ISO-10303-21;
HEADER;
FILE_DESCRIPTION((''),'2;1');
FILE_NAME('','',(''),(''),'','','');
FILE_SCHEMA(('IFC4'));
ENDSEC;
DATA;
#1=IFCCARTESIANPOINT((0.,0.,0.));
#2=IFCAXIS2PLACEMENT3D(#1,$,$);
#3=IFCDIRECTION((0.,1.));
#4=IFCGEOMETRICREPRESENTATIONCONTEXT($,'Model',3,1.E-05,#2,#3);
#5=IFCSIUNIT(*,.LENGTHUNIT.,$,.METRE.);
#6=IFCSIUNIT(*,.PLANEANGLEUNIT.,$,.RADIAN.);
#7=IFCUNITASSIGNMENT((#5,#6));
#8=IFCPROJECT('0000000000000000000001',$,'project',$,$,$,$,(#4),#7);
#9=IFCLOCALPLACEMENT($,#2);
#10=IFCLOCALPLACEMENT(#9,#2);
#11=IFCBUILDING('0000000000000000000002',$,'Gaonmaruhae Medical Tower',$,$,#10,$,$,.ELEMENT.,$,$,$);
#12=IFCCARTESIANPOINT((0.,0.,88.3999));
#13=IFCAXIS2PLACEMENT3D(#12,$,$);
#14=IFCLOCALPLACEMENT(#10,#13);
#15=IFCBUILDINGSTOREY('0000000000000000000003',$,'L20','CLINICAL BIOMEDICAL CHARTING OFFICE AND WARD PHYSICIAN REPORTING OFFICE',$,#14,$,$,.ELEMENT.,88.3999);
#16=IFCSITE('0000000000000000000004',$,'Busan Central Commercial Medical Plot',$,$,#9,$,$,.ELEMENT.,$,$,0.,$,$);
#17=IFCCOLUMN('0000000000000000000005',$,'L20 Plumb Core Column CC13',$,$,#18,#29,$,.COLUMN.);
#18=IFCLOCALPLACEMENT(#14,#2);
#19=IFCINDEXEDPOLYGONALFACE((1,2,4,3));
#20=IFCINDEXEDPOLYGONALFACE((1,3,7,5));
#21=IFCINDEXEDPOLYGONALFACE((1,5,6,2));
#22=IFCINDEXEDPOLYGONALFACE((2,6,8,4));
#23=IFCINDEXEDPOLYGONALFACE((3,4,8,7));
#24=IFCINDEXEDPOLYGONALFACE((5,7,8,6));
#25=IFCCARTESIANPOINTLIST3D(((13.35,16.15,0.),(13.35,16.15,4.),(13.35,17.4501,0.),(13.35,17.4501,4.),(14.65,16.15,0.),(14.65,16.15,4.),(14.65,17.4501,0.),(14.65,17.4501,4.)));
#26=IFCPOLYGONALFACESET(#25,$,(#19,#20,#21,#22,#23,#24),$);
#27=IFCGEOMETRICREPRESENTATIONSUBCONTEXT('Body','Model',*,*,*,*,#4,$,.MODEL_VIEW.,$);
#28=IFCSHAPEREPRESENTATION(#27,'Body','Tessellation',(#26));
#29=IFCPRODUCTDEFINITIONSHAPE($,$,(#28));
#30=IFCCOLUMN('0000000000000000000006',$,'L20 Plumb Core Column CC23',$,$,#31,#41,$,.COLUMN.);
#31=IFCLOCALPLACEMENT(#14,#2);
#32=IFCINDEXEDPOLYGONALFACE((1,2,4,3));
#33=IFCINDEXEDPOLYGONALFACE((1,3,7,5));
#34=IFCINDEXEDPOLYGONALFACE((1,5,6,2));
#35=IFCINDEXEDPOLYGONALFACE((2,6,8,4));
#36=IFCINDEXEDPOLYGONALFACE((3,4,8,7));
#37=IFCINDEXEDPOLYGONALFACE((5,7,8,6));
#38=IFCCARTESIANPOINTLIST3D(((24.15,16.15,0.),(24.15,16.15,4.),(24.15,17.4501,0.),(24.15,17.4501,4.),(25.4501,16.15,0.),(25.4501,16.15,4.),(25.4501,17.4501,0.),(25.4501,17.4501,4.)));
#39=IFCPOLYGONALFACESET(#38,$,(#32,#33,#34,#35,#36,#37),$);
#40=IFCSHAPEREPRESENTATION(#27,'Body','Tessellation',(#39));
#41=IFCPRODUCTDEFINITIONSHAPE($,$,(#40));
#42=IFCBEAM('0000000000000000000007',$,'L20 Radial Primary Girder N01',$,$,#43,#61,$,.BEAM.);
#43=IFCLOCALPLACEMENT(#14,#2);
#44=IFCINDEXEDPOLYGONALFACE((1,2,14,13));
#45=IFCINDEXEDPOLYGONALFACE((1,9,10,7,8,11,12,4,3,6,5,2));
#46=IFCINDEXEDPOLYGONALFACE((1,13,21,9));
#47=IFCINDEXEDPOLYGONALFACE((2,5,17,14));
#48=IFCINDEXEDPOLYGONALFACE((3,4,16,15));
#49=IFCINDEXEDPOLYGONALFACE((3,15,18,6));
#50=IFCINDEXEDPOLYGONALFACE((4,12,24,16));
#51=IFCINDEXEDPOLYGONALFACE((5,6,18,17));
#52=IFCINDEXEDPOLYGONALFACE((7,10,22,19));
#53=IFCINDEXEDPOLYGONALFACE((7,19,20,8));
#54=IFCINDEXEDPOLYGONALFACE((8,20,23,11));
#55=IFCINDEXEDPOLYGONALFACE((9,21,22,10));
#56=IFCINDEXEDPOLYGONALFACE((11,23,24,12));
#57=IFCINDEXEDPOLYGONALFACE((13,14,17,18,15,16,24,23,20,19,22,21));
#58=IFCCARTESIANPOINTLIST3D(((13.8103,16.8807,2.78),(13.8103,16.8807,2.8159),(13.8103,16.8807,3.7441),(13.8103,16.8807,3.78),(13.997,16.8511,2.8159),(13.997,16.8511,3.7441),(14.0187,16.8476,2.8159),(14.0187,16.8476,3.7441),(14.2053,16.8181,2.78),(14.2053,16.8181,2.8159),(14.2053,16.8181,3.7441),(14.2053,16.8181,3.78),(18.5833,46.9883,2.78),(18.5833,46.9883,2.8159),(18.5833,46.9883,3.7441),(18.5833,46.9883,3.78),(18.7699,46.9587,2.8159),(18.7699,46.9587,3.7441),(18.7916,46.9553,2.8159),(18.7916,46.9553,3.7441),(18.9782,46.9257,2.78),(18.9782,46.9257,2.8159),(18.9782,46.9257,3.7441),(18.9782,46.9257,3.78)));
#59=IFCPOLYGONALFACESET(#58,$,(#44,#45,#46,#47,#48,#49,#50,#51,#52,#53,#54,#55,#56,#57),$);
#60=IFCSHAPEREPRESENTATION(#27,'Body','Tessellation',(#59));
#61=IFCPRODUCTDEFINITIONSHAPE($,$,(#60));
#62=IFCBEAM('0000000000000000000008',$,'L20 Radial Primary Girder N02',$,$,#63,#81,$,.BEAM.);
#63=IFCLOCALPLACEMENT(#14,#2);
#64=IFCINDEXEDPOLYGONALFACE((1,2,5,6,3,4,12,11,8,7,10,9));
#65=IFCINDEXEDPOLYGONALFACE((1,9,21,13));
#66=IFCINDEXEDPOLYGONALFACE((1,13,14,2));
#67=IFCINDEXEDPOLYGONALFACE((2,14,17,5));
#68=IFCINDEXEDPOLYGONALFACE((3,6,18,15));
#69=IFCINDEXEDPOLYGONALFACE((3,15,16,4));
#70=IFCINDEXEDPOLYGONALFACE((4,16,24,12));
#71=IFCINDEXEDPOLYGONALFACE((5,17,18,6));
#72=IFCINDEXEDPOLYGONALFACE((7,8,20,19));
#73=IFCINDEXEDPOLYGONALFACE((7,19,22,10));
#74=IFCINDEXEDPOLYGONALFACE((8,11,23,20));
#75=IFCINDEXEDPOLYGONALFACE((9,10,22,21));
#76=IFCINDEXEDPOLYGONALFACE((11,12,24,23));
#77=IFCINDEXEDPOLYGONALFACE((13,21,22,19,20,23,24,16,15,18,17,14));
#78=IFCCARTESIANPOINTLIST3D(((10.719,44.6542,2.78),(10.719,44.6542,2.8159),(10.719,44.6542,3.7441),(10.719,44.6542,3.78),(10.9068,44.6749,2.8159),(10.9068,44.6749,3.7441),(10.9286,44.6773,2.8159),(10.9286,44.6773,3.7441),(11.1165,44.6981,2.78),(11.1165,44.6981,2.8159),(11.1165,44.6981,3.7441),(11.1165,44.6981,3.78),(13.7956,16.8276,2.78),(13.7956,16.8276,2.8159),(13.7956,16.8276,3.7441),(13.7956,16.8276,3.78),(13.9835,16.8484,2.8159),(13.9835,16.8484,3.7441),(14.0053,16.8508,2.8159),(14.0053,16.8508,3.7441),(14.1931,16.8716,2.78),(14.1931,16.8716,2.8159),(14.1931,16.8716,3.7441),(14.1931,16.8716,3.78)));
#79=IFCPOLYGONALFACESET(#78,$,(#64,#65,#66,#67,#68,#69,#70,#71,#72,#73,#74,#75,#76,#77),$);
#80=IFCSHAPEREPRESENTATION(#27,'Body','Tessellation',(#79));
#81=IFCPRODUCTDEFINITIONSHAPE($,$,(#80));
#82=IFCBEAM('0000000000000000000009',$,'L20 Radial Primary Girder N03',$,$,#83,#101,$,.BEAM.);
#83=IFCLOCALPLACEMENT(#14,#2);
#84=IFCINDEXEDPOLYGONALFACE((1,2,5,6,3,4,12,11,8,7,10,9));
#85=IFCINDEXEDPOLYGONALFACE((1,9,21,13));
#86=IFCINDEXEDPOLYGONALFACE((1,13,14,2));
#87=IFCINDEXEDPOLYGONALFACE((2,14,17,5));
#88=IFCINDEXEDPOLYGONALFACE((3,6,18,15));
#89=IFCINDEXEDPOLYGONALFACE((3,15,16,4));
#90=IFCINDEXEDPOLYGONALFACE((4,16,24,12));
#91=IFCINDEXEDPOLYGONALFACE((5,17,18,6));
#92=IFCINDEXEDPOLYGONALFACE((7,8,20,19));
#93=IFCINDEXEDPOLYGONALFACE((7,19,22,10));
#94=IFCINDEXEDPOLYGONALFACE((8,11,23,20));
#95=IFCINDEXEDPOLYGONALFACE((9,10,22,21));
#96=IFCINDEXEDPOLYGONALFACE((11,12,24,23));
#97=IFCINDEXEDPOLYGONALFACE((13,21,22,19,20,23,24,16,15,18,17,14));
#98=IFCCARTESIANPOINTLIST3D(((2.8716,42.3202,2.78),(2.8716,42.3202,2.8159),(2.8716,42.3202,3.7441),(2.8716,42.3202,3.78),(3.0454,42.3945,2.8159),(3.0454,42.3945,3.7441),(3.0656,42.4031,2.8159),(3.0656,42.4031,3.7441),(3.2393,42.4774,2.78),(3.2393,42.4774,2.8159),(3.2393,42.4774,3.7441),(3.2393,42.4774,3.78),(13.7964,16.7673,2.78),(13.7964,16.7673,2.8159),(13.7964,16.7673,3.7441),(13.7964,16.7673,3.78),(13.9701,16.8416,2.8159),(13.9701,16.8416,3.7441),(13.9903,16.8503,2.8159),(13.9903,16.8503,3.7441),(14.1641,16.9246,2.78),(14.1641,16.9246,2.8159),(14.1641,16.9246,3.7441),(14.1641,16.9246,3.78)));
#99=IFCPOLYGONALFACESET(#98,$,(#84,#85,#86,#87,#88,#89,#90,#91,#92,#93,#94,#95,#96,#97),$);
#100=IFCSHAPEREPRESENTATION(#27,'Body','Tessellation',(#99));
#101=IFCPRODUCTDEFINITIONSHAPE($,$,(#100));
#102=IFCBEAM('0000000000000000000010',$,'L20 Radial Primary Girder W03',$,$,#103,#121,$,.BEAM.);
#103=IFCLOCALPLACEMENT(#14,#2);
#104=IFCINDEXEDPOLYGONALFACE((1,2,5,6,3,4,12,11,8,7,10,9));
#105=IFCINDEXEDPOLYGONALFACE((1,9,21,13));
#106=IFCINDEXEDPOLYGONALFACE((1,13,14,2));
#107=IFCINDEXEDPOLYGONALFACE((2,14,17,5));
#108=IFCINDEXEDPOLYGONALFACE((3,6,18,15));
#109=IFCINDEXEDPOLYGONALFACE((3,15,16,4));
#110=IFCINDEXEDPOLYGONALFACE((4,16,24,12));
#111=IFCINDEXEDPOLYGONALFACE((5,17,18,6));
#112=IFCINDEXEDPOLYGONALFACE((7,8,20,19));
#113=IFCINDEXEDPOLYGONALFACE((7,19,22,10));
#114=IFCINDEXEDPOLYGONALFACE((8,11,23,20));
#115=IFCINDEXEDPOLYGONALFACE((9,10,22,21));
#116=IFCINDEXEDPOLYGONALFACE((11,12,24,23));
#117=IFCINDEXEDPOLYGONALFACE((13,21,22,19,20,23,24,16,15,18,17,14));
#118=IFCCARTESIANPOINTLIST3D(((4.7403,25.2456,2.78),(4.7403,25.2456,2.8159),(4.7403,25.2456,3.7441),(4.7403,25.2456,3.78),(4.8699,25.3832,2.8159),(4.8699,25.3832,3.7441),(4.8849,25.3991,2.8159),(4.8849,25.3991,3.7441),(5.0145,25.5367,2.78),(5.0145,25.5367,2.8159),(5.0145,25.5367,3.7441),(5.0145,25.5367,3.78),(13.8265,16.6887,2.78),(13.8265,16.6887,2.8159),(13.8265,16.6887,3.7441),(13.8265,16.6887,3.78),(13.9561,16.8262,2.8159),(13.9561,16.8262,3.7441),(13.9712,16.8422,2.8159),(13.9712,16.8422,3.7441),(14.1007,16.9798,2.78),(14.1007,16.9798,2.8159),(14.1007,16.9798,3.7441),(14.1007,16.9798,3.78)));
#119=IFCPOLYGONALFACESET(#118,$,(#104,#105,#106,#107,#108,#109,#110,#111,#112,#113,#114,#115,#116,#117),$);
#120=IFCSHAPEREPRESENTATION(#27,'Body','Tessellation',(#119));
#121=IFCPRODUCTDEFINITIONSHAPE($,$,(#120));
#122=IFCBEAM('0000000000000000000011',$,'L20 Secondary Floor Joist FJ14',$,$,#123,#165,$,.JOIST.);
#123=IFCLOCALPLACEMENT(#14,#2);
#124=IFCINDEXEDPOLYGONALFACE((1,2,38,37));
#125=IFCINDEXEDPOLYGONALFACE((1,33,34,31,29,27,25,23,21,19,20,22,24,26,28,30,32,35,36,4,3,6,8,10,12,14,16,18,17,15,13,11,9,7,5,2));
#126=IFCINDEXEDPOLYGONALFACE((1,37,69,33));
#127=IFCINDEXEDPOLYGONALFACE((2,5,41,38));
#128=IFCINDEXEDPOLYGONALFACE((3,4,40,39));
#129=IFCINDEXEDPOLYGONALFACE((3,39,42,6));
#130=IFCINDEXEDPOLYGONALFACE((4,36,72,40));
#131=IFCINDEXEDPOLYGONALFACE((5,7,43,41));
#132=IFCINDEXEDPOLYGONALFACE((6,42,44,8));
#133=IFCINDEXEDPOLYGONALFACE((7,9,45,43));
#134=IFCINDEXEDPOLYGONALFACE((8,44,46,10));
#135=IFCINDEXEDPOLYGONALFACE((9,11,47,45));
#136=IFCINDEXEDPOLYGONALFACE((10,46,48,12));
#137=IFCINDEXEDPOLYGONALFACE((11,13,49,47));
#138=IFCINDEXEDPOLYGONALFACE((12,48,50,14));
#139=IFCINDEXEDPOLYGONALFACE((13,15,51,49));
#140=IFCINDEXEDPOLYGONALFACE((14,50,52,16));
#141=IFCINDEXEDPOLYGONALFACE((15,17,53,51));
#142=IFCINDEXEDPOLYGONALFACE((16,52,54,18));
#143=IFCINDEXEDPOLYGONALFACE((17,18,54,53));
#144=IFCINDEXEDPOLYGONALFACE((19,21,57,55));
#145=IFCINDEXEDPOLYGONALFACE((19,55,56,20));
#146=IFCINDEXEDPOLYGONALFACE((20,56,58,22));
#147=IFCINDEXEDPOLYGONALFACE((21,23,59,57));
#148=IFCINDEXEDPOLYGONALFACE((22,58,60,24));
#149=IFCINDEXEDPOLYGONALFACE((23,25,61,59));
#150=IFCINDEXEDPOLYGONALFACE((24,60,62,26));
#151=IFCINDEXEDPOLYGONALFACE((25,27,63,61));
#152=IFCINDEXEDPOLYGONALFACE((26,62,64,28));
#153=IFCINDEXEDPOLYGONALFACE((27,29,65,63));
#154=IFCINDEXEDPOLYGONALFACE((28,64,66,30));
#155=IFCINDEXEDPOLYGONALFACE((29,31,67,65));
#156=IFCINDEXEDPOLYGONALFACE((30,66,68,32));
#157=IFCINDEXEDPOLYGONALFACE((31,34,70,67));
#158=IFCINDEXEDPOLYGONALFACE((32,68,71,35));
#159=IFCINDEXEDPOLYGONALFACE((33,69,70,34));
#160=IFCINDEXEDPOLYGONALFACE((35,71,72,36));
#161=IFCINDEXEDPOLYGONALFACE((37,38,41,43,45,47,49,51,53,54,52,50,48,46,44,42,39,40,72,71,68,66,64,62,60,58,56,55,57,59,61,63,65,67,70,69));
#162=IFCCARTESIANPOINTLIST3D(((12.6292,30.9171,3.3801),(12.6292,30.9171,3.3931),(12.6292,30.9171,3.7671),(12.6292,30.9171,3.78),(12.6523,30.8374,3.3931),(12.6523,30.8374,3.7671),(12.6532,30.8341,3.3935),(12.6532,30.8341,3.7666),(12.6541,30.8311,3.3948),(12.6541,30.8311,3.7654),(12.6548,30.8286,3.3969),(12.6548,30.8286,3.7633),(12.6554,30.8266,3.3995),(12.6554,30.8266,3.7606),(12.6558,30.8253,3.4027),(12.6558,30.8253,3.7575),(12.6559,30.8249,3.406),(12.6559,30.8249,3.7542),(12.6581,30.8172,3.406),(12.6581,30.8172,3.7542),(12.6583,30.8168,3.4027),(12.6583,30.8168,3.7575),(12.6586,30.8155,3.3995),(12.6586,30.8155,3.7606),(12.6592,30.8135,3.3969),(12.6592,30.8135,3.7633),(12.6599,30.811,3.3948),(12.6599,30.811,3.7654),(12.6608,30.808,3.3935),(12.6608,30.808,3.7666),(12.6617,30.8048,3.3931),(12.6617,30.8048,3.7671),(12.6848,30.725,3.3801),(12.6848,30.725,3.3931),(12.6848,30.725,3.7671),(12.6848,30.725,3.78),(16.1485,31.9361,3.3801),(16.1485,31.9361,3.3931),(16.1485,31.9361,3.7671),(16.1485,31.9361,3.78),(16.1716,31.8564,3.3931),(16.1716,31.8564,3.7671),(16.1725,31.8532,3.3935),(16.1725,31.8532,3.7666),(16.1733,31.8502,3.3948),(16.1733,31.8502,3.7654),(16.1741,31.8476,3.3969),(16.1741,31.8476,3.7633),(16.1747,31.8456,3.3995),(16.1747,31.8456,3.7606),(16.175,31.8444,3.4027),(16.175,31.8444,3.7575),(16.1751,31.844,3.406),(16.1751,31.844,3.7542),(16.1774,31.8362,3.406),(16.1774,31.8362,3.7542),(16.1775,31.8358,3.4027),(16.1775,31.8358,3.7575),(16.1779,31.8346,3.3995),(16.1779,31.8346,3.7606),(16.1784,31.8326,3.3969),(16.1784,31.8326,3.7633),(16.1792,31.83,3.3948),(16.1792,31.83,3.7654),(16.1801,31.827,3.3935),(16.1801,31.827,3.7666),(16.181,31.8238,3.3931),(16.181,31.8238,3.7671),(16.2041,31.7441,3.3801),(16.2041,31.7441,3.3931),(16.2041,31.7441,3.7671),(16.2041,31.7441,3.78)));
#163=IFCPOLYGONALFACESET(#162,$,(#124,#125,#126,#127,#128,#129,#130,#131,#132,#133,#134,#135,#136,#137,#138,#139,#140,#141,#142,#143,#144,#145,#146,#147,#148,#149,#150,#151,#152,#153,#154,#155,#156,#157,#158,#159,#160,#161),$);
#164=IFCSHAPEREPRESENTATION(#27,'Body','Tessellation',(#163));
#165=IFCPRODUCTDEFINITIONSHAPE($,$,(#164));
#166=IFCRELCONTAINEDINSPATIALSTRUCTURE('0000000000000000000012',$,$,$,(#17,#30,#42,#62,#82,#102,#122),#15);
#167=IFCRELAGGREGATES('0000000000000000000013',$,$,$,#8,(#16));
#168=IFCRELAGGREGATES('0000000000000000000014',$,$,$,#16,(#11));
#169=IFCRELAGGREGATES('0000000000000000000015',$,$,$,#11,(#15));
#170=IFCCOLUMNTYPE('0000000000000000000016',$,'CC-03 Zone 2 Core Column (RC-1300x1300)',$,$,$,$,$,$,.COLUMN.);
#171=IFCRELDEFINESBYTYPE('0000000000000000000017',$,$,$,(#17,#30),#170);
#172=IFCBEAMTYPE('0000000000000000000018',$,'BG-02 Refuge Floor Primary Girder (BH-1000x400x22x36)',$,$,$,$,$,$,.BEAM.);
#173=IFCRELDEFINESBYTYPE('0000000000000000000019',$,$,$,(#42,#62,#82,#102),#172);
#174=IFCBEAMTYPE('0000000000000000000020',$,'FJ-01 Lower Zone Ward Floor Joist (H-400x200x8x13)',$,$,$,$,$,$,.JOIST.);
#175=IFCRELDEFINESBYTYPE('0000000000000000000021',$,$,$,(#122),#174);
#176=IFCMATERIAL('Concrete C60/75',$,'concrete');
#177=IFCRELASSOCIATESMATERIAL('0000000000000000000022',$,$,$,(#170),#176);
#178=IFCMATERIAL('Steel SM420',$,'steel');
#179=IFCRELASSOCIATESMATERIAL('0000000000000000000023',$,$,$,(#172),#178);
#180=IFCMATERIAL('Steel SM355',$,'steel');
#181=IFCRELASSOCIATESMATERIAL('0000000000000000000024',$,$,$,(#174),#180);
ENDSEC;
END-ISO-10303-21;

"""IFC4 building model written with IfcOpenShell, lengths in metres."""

from ifc_helpers import new_model, si_unit, direction, frame, origin, origin_2d, place, context, subcontext, project, spatial, rectangle, i_section, extrude, material, material_profile, profile_set, type_object, element, save


model = new_model("IFC4")

# Units and contexts
model_context = context("Model", 3, precision=1e-05, world=origin(), true_north=direction((0.0, 1.0)))
body_context = subcontext(model_context, "Body", "Model", "MODEL_VIEW")
ifc_project = project(units=[si_unit("LENGTHUNIT", "METRE"), si_unit("PLANEANGLEUNIT", "RADIAN")], contexts=[model_context])

# Site, building, storey
site_placement = place(None, origin())
site = spatial("IfcSite", under=ifc_project, at=site_placement, Name="Busan Central Commercial Medical Plot", CompositionType="ELEMENT", RefElevation=0.0)
building_placement = place(site_placement, origin())
building = spatial("IfcBuilding", under=site, at=building_placement, Name="Gaonmaruhae Medical Tower", CompositionType="ELEMENT")
storey_placement = place(building_placement, frame((0.0, 0.0, 88.3999)))
storey = spatial("IfcBuildingStorey", under=building, at=storey_placement, Name="L20", Description="CLINICAL BIOMEDICAL CHARTING OFFICE AND WARD PHYSICIAN REPORTING OFFICE", CompositionType="ELEMENT", Elevation=88.3999)

# Columns
ifc_material_1 = material(Name="Concrete C60/75", Category="concrete")
ifc_material_profile_1 = material_profile(ifc_material_1, rectangle(XDim=1.3, YDim=1.3, at=origin_2d()), Name="RC-1300x1300")
ifc_profile_set_1 = profile_set([ifc_material_profile_1], Name="Concrete C60/75")
column_type = type_object("IfcColumnType", Name="CC-03 Zone 2 Core Column (RC-1300x1300)", PredefinedType="COLUMN", material=ifc_profile_set_1)
for number, where, z_axis, x_axis, name in (
    (1, (14.0, 16.8, 0.0), (0.0, 0.0, 1.0), (1.0, 0.0, 0.0), "L20 Plumb Core Column CC13"),
    (2, (24.8, 16.8, 0.0), (0.0, 0.0, 1.0), (1.0, 0.0, 0.0), "L20 Plumb Core Column CC23"),
):
    element("IfcColumn", number, at=place(storey_placement, frame(where, z_axis=z_axis, x_axis=x_axis)), inside=storey, type_object=column_type, Name=name, PredefinedType="COLUMN", context=body_context, shape_type="SweptSolid", body=[
        extrude(rectangle(XDim=1.3, YDim=1.3, at=origin_2d()), origin(), (0.0, 0.0, 1.0), 4.0),
    ])

# Beams
ifc_material_2 = material(Name="Steel SM420", Category="steel")
ifc_material_profile_2 = material_profile(ifc_material_2, i_section(OverallWidth=0.3999, OverallDepth=1.0, WebThickness=0.022, FlangeThickness=0.0359, at=origin_2d()), Name="BH-1000x400x22x36")
ifc_profile_set_2 = profile_set([ifc_material_profile_2], Name="Steel SM420")
beam_type_1 = type_object("IfcBeamType", Name="BG-02 Refuge Floor Primary Girder (BH-1000x400x22x36)", PredefinedType="BEAM", material=ifc_profile_set_2)
beam_1_placement = place(storey_placement, frame((14.0078, 16.8494, 3.28), z_axis=(0.156574, 0.987666, 0.0), x_axis=(-0.987666, 0.156574, 0.0)))
element("IfcBeam", 3, at=beam_1_placement, inside=storey, type_object=beam_type_1, Name="L20 Radial Primary Girder N01", PredefinedType="BEAM", context=body_context, shape_type="SweptSolid", body=[
    extrude(i_section(OverallWidth=0.3999, OverallDepth=1.0, WebThickness=0.022, FlangeThickness=0.0359, at=origin_2d()), origin(), (0.0, 0.0, 1.0), 30.4836),
])
beam_2_placement = place(storey_placement, frame((13.9944, 16.8496, 3.28), z_axis=(-0.109896, 0.993943, 0.0), x_axis=(-0.993943, -0.109896, 0.0)))
element("IfcBeam", 4, at=beam_2_placement, inside=storey, type_object=beam_type_1, Name="L20 Radial Primary Girder N02", PredefinedType="BEAM", context=body_context, shape_type="SweptSolid", body=[
    extrude(i_section(OverallWidth=0.3999, OverallDepth=1.0, WebThickness=0.022, FlangeThickness=0.0359, at=origin_2d()), origin(), (0.0, 0.0, 1.0), 27.9961),
])
beam_3_placement = place(storey_placement, frame((13.9802, 16.8459, 3.28), z_axis=(-0.393114, 0.91949, 0.0), x_axis=(-0.91949, -0.393114, 0.0)))
element("IfcBeam", 5, at=beam_3_placement, inside=storey, type_object=beam_type_1, Name="L20 Radial Primary Girder N03", PredefinedType="BEAM", context=body_context, shape_type="SweptSolid", body=[
    extrude(i_section(OverallWidth=0.3999, OverallDepth=1.0, WebThickness=0.022, FlangeThickness=0.0359, at=origin_2d()), origin(), (0.0, 0.0, 1.0), 27.7903),
])
beam_4_placement = place(storey_placement, frame((13.9636, 16.8342, 3.28), z_axis=(-0.727993, 0.685585, 0.0), x_axis=(-0.685585, -0.727993, 0.0)))
element("IfcBeam", 6, at=beam_4_placement, inside=storey, type_object=beam_type_1, Name="L20 Radial Primary Girder W03", PredefinedType="BEAM", context=body_context, shape_type="SweptSolid", body=[
    extrude(i_section(OverallWidth=0.3999, OverallDepth=1.0, WebThickness=0.022, FlangeThickness=0.0359, at=origin_2d()), origin(), (0.0, 0.0, 1.0), 12.4812),
])
ifc_material_3 = material(Name="Steel SM355", Category="steel")
ifc_material_profile_3 = material_profile(ifc_material_3, i_section(OverallWidth=0.2, OverallDepth=0.3999, WebThickness=0.0081, FlangeThickness=0.0129, FilletRadius=0.0129, at=origin_2d()), Name="H-400x200x8x13")
ifc_profile_set_3 = profile_set([ifc_material_profile_3], Name="Steel SM355")
beam_type_2 = type_object("IfcBeamType", Name="FJ-01 Lower Zone Ward Floor Joist (H-400x200x8x13)", PredefinedType="JOIST", material=ifc_profile_set_3)
beam_5_placement = place(storey_placement, frame((16.1763, 31.8401, 3.5801), z_axis=(-0.960542, -0.278134, 0.0), x_axis=(0.278134, -0.960542, 0.0)))
element("IfcBeam", 7, at=beam_5_placement, inside=storey, type_object=beam_type_2, Name="L20 Secondary Floor Joist FJ14", PredefinedType="JOIST", context=body_context, shape_type="SweptSolid", body=[
    extrude(i_section(OverallWidth=0.2, OverallDepth=0.3999, WebThickness=0.0081, FlangeThickness=0.0129, FilletRadius=0.0129, at=origin_2d()), origin(), (0.0, 0.0, 1.0), 3.6638),
])

save(model, "model.ifc")
